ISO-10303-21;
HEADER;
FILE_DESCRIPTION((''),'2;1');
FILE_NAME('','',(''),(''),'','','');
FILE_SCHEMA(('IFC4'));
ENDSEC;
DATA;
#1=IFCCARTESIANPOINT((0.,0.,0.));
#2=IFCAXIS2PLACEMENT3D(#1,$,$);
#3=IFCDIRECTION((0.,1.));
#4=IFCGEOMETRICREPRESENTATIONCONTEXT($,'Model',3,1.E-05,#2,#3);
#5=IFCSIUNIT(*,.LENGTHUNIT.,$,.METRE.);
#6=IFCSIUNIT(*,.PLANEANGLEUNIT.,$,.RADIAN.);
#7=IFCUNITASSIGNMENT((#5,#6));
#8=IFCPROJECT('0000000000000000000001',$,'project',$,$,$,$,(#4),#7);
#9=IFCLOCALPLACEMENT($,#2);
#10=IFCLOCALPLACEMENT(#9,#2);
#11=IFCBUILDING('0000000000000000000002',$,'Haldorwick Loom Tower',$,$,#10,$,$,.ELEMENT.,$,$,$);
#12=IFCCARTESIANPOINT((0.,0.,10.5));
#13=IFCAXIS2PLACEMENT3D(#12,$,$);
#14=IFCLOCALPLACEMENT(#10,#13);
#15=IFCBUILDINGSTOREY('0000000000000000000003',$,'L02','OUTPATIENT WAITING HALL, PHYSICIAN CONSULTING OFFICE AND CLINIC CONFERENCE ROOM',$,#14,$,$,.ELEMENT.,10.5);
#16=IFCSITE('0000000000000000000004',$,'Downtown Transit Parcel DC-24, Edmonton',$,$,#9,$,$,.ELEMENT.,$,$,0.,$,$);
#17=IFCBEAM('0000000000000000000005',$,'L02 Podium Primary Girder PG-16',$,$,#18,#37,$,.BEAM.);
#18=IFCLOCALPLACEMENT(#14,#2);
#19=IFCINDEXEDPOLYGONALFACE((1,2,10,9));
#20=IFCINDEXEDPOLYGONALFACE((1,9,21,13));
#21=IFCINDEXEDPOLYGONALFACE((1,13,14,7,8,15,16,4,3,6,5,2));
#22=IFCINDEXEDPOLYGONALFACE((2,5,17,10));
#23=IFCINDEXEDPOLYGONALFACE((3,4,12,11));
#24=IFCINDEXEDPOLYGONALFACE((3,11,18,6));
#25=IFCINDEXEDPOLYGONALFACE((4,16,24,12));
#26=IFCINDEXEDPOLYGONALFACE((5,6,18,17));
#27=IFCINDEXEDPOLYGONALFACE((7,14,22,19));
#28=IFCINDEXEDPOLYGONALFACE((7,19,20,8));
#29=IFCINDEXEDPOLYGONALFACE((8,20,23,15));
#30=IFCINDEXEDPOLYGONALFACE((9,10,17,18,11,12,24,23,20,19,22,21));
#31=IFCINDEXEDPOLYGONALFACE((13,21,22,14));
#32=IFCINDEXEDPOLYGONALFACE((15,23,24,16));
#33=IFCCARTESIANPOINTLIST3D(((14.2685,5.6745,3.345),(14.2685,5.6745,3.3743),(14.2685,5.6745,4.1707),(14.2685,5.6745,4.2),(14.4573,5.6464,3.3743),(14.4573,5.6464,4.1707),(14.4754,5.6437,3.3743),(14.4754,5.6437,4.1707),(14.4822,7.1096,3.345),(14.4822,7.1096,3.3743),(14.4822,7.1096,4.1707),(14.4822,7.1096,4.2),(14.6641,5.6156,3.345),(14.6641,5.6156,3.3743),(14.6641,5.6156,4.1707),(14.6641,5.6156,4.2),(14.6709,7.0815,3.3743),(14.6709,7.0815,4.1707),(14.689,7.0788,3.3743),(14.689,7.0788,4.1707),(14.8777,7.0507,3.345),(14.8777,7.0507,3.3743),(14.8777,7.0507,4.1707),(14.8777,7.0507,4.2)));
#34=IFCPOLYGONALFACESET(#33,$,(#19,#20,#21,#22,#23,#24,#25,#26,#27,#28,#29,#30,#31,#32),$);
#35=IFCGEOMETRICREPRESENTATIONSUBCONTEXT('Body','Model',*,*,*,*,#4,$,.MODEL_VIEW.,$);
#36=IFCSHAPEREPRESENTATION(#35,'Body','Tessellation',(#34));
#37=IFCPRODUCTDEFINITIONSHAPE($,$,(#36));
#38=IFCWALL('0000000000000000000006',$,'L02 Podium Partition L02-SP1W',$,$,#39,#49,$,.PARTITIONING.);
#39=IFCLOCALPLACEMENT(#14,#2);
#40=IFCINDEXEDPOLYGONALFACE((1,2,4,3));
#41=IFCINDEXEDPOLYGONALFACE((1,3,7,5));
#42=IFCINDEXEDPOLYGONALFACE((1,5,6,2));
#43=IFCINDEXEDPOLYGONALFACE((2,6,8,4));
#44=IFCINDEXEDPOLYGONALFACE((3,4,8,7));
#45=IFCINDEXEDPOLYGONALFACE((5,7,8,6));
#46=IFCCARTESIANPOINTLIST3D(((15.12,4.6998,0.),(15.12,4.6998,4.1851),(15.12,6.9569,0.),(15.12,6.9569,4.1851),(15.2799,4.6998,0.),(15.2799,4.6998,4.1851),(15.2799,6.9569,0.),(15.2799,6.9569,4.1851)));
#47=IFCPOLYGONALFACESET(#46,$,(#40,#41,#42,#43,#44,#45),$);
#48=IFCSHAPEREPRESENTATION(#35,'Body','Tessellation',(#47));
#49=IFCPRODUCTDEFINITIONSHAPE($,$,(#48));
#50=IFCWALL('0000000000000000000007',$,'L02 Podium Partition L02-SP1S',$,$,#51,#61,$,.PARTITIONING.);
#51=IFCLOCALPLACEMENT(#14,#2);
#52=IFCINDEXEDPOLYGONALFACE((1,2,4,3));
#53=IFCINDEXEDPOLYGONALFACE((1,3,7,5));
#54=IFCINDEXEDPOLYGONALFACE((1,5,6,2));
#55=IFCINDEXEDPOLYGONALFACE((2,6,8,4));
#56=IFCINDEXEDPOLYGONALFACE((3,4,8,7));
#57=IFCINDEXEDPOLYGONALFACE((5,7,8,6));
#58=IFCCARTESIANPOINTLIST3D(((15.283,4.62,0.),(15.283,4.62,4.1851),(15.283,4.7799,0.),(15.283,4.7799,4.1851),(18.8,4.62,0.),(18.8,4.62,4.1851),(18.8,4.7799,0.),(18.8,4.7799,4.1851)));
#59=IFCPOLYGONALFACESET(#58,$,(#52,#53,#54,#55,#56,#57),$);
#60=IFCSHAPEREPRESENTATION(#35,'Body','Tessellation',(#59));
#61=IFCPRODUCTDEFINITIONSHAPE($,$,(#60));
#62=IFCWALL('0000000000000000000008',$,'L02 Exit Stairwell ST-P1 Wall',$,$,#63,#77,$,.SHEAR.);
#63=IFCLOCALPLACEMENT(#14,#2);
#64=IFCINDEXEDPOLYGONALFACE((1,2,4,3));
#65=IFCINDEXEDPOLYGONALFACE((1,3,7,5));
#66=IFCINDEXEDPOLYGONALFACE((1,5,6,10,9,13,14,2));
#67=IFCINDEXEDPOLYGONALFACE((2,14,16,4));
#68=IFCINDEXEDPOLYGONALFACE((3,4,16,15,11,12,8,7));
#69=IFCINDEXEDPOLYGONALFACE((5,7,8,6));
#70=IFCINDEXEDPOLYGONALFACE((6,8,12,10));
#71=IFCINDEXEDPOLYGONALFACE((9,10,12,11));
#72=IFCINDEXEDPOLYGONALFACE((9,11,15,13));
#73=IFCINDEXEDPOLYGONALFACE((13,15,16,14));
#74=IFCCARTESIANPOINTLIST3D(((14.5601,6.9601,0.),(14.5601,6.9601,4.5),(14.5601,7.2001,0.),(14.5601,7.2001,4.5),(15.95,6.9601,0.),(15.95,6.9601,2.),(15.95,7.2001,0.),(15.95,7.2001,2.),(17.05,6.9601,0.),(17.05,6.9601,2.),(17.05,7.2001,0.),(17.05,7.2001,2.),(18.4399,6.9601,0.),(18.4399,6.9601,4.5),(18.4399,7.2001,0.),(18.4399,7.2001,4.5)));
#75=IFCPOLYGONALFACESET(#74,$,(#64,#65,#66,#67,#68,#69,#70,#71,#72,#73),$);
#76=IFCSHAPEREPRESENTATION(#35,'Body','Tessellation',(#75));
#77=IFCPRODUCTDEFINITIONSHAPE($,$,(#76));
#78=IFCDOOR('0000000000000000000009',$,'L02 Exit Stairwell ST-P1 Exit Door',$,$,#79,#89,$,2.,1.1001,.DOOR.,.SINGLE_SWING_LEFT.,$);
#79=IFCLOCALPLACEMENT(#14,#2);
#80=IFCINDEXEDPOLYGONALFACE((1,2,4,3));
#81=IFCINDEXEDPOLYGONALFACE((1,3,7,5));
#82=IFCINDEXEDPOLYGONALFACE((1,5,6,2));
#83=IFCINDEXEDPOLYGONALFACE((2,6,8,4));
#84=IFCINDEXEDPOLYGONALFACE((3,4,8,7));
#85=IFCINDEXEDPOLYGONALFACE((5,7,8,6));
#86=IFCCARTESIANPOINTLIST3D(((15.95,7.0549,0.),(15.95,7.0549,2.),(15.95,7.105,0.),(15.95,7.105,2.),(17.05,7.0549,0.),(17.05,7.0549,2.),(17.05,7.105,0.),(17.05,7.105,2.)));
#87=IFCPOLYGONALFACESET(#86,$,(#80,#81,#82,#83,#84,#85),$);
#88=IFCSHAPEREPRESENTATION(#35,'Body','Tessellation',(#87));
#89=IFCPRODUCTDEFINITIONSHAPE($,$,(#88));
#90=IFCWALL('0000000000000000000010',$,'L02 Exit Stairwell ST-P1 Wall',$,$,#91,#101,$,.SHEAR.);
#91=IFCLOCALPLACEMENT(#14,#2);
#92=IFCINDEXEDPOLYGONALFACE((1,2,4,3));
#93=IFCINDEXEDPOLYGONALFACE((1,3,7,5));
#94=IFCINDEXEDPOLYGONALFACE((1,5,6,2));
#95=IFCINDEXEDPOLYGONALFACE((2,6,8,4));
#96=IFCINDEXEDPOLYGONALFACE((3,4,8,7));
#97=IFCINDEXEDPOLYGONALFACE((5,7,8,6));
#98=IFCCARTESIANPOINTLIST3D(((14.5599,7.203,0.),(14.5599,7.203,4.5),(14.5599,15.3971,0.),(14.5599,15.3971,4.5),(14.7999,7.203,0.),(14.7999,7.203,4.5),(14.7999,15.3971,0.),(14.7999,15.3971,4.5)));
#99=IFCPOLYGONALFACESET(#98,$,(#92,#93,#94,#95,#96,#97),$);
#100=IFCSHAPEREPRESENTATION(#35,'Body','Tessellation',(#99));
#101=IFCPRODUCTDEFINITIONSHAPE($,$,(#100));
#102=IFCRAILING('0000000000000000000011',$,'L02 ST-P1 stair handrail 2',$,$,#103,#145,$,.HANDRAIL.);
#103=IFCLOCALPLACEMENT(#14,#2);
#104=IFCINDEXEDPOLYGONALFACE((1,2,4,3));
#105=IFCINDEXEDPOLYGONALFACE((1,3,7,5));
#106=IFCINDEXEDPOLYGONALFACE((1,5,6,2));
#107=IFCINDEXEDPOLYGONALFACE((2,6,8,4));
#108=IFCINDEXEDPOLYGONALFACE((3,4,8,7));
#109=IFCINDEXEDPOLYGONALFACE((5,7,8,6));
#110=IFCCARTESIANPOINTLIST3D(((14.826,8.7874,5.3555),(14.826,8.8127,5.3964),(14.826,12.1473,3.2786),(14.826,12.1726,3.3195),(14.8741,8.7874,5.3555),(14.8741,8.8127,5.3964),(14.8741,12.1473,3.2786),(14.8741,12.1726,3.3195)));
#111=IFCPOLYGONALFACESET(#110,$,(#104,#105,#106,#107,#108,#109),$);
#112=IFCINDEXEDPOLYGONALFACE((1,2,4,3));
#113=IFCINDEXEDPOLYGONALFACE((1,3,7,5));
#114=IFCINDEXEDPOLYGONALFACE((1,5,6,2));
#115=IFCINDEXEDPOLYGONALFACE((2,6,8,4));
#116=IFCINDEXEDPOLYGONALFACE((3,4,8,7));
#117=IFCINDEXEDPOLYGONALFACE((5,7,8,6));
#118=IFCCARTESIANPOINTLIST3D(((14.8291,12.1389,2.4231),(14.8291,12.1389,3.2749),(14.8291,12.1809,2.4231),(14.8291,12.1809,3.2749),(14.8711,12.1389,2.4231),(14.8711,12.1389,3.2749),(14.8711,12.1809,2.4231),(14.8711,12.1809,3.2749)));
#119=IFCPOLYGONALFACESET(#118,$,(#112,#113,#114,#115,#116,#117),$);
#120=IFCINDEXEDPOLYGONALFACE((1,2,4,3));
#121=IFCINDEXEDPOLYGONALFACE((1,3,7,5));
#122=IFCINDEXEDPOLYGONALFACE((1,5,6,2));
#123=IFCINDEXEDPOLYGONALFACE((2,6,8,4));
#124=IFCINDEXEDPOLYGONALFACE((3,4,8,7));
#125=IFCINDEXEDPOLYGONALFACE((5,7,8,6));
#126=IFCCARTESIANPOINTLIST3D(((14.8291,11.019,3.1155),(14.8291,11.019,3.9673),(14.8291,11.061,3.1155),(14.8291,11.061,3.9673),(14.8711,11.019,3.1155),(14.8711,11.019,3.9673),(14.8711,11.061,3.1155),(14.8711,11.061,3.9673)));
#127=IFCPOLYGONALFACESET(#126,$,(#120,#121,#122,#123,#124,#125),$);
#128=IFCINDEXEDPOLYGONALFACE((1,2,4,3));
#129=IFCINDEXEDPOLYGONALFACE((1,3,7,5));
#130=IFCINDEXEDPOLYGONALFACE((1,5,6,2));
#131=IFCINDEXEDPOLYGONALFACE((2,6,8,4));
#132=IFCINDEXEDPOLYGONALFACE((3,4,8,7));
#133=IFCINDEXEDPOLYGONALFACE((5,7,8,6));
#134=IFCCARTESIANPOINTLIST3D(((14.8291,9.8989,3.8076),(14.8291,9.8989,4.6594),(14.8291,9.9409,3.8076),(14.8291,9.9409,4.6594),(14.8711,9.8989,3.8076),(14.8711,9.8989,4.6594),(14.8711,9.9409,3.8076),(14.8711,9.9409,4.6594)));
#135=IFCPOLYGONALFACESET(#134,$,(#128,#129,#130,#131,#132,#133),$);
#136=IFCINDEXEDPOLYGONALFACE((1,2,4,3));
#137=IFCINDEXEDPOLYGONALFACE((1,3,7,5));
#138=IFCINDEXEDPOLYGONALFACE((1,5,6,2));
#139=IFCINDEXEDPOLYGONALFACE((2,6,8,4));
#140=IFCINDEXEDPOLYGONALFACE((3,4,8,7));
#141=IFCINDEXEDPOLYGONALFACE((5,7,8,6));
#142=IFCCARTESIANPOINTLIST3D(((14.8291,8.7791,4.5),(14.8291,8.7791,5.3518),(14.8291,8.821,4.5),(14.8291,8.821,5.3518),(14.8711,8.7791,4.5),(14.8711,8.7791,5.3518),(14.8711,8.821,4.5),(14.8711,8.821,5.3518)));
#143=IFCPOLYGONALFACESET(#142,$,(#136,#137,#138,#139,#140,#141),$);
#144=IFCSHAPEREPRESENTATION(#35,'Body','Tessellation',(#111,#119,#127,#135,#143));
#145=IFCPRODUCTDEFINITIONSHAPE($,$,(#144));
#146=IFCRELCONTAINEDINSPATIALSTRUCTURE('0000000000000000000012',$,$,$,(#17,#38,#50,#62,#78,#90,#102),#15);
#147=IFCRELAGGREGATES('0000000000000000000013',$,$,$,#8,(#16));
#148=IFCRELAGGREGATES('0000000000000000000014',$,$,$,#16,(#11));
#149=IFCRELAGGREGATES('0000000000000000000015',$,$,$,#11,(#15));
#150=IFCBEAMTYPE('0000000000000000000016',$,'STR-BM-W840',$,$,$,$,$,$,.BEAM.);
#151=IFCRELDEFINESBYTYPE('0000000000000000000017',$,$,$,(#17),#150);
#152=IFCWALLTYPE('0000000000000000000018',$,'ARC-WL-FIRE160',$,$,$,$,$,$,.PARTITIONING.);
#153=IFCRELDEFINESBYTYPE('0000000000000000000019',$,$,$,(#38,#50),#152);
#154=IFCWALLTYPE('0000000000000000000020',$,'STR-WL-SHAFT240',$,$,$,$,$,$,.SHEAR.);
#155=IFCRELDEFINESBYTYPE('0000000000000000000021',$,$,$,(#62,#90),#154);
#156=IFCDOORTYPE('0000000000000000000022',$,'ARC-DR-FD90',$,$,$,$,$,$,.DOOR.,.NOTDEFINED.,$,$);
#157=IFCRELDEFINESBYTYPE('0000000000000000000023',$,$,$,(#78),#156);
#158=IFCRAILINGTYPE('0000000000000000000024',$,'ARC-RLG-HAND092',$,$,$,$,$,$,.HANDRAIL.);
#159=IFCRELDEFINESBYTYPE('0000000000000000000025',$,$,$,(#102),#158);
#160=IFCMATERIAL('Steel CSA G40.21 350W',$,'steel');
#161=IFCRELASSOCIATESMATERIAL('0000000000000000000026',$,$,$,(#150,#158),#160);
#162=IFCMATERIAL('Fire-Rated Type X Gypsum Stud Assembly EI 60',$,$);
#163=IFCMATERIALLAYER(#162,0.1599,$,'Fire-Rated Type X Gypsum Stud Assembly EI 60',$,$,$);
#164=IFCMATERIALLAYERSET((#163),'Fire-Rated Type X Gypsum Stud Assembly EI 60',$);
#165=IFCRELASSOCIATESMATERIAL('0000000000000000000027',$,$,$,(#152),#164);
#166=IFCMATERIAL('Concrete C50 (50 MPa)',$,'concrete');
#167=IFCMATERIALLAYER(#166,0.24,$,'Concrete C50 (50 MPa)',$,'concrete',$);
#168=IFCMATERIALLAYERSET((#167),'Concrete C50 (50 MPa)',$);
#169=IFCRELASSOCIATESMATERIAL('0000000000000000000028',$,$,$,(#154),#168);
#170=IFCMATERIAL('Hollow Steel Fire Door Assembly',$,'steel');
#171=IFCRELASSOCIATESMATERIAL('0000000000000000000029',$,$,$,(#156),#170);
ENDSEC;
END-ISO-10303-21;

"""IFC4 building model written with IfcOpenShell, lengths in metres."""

from ifc_helpers import new_model, si_unit, direction, frame, frame_2d, origin, origin_2d, place, context, subcontext, project, spatial, rectangle, i_section, extrude, material, layer, layer_set, material_profile, profile_set, type_object, element, fill, save


model = new_model("IFC4")

# Units and contexts
model_context = context("Model", 3, precision=1e-05, world=origin(), true_north=direction((0.0, 1.0)))
body_context = subcontext(model_context, "Body", "Model", "MODEL_VIEW")
ifc_project = project(units=[si_unit("LENGTHUNIT", "METRE"), si_unit("PLANEANGLEUNIT", "RADIAN")], contexts=[model_context])

# Site, building, storey
site_placement = place(None, origin())
site = spatial("IfcSite", under=ifc_project, at=site_placement, Name="Downtown Transit Parcel DC-24, Edmonton", CompositionType="ELEMENT", RefElevation=0.0)
building_placement = place(site_placement, origin())
building = spatial("IfcBuilding", under=site, at=building_placement, Name="Haldorwick Loom Tower", CompositionType="ELEMENT")
storey_placement = place(building_placement, frame((0.0, 0.0, 10.5)))
storey = spatial("IfcBuildingStorey", under=building, at=storey_placement, Name="L02", Description="OUTPATIENT WAITING HALL, PHYSICIAN CONSULTING OFFICE AND CLINIC CONFERENCE ROOM", CompositionType="ELEMENT", Elevation=10.5)

# Beam
ifc_material_1 = material(Name="Steel CSA G40.21 350W", Category="steel")
ifc_material_profile_1 = material_profile(ifc_material_1, i_section(OverallWidth=0.3999, OverallDepth=0.855, WebThickness=0.0183, FlangeThickness=0.0293, at=origin_2d()), Name="W840X299", Category="steel")
ifc_profile_set_1 = profile_set([ifc_material_profile_1], Name="Steel CSA G40.21 350W")
beam_type_1 = type_object("IfcBeamType", Name="STR-BM-W840", PredefinedType="BEAM", material=ifc_profile_set_1)
beam_1_placement = place(storey_placement, frame((14.4663, 5.645, 3.7725), z_axis=(0.147238, 0.989101, 0.0), x_axis=(-0.989101, 0.147238, 0.0)))
element("IfcBeam", 1, at=beam_1_placement, inside=storey, type_object=beam_type_1, Name="L02 Podium Primary Girder PG-16", PredefinedType="BEAM", context=body_context, shape_type="SweptSolid", body=[
    extrude(i_section(OverallWidth=0.3999, OverallDepth=0.855, WebThickness=0.0183, FlangeThickness=0.0293, at=origin_2d()), origin(), (0.0, 0.0, 1.0), 1.4509),
])

# Walls
ifc_material_2 = material(Name="Fire-Rated Type X Gypsum Stud Assembly EI 60")
ifc_layer_1 = layer(ifc_material_2, 0.1599, Name="Fire-Rated Type X Gypsum Stud Assembly EI 60")
ifc_layer_set_1 = layer_set([ifc_layer_1], Name="Fire-Rated Type X Gypsum Stud Assembly EI 60")
wall_type_1 = type_object("IfcWallType", Name="ARC-WL-FIRE160", PredefinedType="PARTITIONING", material=ifc_layer_set_1)
wall_1_placement = place(storey_placement, frame((15.2, 4.7, 0.0), z_axis=(0.0, 0.0, 1.0), x_axis=(0.0, 1.0, 0.0)))
element("IfcWall", 2, at=wall_1_placement, inside=storey, type_object=wall_type_1, Name="L02 Podium Partition L02-SP1W", PredefinedType="PARTITIONING", context=body_context, shape_type="SweptSolid", body=[
    extrude(rectangle(XDim=2.2571, YDim=0.1599, at=frame_2d((1.1284, 0.0))), origin(), (0.0, 0.0, 1.0), 4.1851),
])
wall_2_placement = place(storey_placement, frame((15.283, 4.7, 0.0), z_axis=(0.0, 0.0, 1.0), x_axis=(1.0, 0.0, 0.0)))
element("IfcWall", 3, at=wall_2_placement, inside=storey, type_object=wall_type_1, Name="L02 Podium Partition L02-SP1S", PredefinedType="PARTITIONING", context=body_context, shape_type="SweptSolid", body=[
    extrude(rectangle(XDim=3.5171, YDim=0.1599, at=frame_2d((1.7585, 0.0))), origin(), (0.0, 0.0, 1.0), 4.1851),
])

# Wall, opening, door
ifc_material_3 = material(Name="Concrete C50 (50 MPa)", Category="concrete")
ifc_layer_2 = layer(ifc_material_3, 0.24, Name="Concrete C50 (50 MPa)", Category="concrete")
ifc_layer_set_2 = layer_set([ifc_layer_2], Name="Concrete C50 (50 MPa)")
wall_type_2 = type_object("IfcWallType", Name="STR-WL-SHAFT240", PredefinedType="SHEAR", material=ifc_layer_set_2)
wall_3_placement = place(storey_placement, frame((14.5601, 7.0801, 0.0), z_axis=(0.0, 0.0, 1.0), x_axis=(1.0, 0.0, 0.0)))
wall_3 = element("IfcWall", 4, at=wall_3_placement, inside=storey, type_object=wall_type_2, Name="L02 Exit Stairwell ST-P1 Wall", PredefinedType="SHEAR", context=body_context, shape_type="SweptSolid", body=[
    extrude(rectangle(XDim=3.8799, YDim=0.24, at=frame_2d((1.9399, 0.0))), origin(), (0.0, 0.0, 1.0), 4.5),
])
opening_placement = place(wall_3_placement, frame((1.3899, 0.0, 0.0)))
opening = element("IfcOpeningElement", 5, at=opening_placement, cuts=wall_3, PredefinedType="OPENING", context=body_context, shape_type="SweptSolid", body=[
    extrude(rectangle(XDim=1.1001, YDim=2.0, at=frame_2d((0.55, 1.0))), frame((0.0, 0.1299, 0.0), z_axis=(0.0, -1.0, 0.0), x_axis=(1.0, 0.0, 0.0)), (0.0, 0.0, 1.0), 0.26),
])
ifc_material_4 = material(Name="Hollow Steel Fire Door Assembly", Category="steel")
door_type = type_object("IfcDoorType", Name="ARC-DR-FD90", OperationType="NOTDEFINED", PredefinedType="DOOR", material=ifc_material_4)
door_placement = place(opening_placement, origin())
door = element("IfcDoor", 6, at=door_placement, inside=storey, type_object=door_type, Name="L02 Exit Stairwell ST-P1 Exit Door", OperationType="SINGLE_SWING_LEFT", OverallHeight=2.0, OverallWidth=1.1001, PredefinedType="DOOR", context=body_context, shape_type="SweptSolid", body=[
    extrude(rectangle(XDim=1.1001, YDim=2.0, at=frame_2d((0.55, 1.0))), frame((0.0, 0.0249, 0.0), z_axis=(0.0, -1.0, 0.0), x_axis=(1.0, 0.0, 0.0)), (0.0, 0.0, 1.0), 0.05),
])
fill(opening, door)

# Wall
wall_4_placement = place(storey_placement, frame((14.6799, 7.2029, 0.0), z_axis=(0.0, 0.0, 1.0), x_axis=(0.0, 1.0, 0.0)))
element("IfcWall", 7, at=wall_4_placement, inside=storey, type_object=wall_type_2, Name="L02 Exit Stairwell ST-P1 Wall", PredefinedType="SHEAR", context=body_context, shape_type="SweptSolid", body=[
    extrude(rectangle(XDim=8.1941, YDim=0.24, at=frame_2d((4.0972, 0.0))), origin(), (0.0, 0.0, 1.0), 4.5),
])

# Railing
railing_type = type_object("IfcRailingType", Name="ARC-RLG-HAND092", PredefinedType="HANDRAIL", material=ifc_material_1)
railing_placement = place(storey_placement, frame((14.8501, 12.1599, 2.4231)))
element("IfcRailing", 8, at=railing_placement, inside=storey, type_object=railing_type, Name="L02 ST-P1 stair handrail 2", PredefinedType="HANDRAIL", context=body_context, shape_type="SweptSolid", body=[
    extrude(rectangle(XDim=0.0481, YDim=0.0481, at=origin_2d()), frame((0.0, 0.0, 0.876), z_axis=(0.0, -0.850606, 0.525803), x_axis=(1.0, 0.0, 0.0)), (0.0, 0.0, 1.0), 3.95),
    extrude(rectangle(XDim=0.042, YDim=0.042, at=origin_2d()), origin(), (0.0, 0.0, 1.0), 0.8518),
    extrude(rectangle(XDim=0.042, YDim=0.042, at=origin_2d()), frame((0.0, -1.1199, 0.6924)), (0.0, 0.0, 1.0), 0.8518),
    extrude(rectangle(XDim=0.042, YDim=0.042, at=origin_2d()), frame((0.0, -2.24, 1.3845)), (0.0, 0.0, 1.0), 0.8518),
    extrude(rectangle(XDim=0.042, YDim=0.042, at=origin_2d()), frame((0.0, -3.3599, 2.0769)), (0.0, 0.0, 1.0), 0.8518),
])

save(model, "model.ifc")
